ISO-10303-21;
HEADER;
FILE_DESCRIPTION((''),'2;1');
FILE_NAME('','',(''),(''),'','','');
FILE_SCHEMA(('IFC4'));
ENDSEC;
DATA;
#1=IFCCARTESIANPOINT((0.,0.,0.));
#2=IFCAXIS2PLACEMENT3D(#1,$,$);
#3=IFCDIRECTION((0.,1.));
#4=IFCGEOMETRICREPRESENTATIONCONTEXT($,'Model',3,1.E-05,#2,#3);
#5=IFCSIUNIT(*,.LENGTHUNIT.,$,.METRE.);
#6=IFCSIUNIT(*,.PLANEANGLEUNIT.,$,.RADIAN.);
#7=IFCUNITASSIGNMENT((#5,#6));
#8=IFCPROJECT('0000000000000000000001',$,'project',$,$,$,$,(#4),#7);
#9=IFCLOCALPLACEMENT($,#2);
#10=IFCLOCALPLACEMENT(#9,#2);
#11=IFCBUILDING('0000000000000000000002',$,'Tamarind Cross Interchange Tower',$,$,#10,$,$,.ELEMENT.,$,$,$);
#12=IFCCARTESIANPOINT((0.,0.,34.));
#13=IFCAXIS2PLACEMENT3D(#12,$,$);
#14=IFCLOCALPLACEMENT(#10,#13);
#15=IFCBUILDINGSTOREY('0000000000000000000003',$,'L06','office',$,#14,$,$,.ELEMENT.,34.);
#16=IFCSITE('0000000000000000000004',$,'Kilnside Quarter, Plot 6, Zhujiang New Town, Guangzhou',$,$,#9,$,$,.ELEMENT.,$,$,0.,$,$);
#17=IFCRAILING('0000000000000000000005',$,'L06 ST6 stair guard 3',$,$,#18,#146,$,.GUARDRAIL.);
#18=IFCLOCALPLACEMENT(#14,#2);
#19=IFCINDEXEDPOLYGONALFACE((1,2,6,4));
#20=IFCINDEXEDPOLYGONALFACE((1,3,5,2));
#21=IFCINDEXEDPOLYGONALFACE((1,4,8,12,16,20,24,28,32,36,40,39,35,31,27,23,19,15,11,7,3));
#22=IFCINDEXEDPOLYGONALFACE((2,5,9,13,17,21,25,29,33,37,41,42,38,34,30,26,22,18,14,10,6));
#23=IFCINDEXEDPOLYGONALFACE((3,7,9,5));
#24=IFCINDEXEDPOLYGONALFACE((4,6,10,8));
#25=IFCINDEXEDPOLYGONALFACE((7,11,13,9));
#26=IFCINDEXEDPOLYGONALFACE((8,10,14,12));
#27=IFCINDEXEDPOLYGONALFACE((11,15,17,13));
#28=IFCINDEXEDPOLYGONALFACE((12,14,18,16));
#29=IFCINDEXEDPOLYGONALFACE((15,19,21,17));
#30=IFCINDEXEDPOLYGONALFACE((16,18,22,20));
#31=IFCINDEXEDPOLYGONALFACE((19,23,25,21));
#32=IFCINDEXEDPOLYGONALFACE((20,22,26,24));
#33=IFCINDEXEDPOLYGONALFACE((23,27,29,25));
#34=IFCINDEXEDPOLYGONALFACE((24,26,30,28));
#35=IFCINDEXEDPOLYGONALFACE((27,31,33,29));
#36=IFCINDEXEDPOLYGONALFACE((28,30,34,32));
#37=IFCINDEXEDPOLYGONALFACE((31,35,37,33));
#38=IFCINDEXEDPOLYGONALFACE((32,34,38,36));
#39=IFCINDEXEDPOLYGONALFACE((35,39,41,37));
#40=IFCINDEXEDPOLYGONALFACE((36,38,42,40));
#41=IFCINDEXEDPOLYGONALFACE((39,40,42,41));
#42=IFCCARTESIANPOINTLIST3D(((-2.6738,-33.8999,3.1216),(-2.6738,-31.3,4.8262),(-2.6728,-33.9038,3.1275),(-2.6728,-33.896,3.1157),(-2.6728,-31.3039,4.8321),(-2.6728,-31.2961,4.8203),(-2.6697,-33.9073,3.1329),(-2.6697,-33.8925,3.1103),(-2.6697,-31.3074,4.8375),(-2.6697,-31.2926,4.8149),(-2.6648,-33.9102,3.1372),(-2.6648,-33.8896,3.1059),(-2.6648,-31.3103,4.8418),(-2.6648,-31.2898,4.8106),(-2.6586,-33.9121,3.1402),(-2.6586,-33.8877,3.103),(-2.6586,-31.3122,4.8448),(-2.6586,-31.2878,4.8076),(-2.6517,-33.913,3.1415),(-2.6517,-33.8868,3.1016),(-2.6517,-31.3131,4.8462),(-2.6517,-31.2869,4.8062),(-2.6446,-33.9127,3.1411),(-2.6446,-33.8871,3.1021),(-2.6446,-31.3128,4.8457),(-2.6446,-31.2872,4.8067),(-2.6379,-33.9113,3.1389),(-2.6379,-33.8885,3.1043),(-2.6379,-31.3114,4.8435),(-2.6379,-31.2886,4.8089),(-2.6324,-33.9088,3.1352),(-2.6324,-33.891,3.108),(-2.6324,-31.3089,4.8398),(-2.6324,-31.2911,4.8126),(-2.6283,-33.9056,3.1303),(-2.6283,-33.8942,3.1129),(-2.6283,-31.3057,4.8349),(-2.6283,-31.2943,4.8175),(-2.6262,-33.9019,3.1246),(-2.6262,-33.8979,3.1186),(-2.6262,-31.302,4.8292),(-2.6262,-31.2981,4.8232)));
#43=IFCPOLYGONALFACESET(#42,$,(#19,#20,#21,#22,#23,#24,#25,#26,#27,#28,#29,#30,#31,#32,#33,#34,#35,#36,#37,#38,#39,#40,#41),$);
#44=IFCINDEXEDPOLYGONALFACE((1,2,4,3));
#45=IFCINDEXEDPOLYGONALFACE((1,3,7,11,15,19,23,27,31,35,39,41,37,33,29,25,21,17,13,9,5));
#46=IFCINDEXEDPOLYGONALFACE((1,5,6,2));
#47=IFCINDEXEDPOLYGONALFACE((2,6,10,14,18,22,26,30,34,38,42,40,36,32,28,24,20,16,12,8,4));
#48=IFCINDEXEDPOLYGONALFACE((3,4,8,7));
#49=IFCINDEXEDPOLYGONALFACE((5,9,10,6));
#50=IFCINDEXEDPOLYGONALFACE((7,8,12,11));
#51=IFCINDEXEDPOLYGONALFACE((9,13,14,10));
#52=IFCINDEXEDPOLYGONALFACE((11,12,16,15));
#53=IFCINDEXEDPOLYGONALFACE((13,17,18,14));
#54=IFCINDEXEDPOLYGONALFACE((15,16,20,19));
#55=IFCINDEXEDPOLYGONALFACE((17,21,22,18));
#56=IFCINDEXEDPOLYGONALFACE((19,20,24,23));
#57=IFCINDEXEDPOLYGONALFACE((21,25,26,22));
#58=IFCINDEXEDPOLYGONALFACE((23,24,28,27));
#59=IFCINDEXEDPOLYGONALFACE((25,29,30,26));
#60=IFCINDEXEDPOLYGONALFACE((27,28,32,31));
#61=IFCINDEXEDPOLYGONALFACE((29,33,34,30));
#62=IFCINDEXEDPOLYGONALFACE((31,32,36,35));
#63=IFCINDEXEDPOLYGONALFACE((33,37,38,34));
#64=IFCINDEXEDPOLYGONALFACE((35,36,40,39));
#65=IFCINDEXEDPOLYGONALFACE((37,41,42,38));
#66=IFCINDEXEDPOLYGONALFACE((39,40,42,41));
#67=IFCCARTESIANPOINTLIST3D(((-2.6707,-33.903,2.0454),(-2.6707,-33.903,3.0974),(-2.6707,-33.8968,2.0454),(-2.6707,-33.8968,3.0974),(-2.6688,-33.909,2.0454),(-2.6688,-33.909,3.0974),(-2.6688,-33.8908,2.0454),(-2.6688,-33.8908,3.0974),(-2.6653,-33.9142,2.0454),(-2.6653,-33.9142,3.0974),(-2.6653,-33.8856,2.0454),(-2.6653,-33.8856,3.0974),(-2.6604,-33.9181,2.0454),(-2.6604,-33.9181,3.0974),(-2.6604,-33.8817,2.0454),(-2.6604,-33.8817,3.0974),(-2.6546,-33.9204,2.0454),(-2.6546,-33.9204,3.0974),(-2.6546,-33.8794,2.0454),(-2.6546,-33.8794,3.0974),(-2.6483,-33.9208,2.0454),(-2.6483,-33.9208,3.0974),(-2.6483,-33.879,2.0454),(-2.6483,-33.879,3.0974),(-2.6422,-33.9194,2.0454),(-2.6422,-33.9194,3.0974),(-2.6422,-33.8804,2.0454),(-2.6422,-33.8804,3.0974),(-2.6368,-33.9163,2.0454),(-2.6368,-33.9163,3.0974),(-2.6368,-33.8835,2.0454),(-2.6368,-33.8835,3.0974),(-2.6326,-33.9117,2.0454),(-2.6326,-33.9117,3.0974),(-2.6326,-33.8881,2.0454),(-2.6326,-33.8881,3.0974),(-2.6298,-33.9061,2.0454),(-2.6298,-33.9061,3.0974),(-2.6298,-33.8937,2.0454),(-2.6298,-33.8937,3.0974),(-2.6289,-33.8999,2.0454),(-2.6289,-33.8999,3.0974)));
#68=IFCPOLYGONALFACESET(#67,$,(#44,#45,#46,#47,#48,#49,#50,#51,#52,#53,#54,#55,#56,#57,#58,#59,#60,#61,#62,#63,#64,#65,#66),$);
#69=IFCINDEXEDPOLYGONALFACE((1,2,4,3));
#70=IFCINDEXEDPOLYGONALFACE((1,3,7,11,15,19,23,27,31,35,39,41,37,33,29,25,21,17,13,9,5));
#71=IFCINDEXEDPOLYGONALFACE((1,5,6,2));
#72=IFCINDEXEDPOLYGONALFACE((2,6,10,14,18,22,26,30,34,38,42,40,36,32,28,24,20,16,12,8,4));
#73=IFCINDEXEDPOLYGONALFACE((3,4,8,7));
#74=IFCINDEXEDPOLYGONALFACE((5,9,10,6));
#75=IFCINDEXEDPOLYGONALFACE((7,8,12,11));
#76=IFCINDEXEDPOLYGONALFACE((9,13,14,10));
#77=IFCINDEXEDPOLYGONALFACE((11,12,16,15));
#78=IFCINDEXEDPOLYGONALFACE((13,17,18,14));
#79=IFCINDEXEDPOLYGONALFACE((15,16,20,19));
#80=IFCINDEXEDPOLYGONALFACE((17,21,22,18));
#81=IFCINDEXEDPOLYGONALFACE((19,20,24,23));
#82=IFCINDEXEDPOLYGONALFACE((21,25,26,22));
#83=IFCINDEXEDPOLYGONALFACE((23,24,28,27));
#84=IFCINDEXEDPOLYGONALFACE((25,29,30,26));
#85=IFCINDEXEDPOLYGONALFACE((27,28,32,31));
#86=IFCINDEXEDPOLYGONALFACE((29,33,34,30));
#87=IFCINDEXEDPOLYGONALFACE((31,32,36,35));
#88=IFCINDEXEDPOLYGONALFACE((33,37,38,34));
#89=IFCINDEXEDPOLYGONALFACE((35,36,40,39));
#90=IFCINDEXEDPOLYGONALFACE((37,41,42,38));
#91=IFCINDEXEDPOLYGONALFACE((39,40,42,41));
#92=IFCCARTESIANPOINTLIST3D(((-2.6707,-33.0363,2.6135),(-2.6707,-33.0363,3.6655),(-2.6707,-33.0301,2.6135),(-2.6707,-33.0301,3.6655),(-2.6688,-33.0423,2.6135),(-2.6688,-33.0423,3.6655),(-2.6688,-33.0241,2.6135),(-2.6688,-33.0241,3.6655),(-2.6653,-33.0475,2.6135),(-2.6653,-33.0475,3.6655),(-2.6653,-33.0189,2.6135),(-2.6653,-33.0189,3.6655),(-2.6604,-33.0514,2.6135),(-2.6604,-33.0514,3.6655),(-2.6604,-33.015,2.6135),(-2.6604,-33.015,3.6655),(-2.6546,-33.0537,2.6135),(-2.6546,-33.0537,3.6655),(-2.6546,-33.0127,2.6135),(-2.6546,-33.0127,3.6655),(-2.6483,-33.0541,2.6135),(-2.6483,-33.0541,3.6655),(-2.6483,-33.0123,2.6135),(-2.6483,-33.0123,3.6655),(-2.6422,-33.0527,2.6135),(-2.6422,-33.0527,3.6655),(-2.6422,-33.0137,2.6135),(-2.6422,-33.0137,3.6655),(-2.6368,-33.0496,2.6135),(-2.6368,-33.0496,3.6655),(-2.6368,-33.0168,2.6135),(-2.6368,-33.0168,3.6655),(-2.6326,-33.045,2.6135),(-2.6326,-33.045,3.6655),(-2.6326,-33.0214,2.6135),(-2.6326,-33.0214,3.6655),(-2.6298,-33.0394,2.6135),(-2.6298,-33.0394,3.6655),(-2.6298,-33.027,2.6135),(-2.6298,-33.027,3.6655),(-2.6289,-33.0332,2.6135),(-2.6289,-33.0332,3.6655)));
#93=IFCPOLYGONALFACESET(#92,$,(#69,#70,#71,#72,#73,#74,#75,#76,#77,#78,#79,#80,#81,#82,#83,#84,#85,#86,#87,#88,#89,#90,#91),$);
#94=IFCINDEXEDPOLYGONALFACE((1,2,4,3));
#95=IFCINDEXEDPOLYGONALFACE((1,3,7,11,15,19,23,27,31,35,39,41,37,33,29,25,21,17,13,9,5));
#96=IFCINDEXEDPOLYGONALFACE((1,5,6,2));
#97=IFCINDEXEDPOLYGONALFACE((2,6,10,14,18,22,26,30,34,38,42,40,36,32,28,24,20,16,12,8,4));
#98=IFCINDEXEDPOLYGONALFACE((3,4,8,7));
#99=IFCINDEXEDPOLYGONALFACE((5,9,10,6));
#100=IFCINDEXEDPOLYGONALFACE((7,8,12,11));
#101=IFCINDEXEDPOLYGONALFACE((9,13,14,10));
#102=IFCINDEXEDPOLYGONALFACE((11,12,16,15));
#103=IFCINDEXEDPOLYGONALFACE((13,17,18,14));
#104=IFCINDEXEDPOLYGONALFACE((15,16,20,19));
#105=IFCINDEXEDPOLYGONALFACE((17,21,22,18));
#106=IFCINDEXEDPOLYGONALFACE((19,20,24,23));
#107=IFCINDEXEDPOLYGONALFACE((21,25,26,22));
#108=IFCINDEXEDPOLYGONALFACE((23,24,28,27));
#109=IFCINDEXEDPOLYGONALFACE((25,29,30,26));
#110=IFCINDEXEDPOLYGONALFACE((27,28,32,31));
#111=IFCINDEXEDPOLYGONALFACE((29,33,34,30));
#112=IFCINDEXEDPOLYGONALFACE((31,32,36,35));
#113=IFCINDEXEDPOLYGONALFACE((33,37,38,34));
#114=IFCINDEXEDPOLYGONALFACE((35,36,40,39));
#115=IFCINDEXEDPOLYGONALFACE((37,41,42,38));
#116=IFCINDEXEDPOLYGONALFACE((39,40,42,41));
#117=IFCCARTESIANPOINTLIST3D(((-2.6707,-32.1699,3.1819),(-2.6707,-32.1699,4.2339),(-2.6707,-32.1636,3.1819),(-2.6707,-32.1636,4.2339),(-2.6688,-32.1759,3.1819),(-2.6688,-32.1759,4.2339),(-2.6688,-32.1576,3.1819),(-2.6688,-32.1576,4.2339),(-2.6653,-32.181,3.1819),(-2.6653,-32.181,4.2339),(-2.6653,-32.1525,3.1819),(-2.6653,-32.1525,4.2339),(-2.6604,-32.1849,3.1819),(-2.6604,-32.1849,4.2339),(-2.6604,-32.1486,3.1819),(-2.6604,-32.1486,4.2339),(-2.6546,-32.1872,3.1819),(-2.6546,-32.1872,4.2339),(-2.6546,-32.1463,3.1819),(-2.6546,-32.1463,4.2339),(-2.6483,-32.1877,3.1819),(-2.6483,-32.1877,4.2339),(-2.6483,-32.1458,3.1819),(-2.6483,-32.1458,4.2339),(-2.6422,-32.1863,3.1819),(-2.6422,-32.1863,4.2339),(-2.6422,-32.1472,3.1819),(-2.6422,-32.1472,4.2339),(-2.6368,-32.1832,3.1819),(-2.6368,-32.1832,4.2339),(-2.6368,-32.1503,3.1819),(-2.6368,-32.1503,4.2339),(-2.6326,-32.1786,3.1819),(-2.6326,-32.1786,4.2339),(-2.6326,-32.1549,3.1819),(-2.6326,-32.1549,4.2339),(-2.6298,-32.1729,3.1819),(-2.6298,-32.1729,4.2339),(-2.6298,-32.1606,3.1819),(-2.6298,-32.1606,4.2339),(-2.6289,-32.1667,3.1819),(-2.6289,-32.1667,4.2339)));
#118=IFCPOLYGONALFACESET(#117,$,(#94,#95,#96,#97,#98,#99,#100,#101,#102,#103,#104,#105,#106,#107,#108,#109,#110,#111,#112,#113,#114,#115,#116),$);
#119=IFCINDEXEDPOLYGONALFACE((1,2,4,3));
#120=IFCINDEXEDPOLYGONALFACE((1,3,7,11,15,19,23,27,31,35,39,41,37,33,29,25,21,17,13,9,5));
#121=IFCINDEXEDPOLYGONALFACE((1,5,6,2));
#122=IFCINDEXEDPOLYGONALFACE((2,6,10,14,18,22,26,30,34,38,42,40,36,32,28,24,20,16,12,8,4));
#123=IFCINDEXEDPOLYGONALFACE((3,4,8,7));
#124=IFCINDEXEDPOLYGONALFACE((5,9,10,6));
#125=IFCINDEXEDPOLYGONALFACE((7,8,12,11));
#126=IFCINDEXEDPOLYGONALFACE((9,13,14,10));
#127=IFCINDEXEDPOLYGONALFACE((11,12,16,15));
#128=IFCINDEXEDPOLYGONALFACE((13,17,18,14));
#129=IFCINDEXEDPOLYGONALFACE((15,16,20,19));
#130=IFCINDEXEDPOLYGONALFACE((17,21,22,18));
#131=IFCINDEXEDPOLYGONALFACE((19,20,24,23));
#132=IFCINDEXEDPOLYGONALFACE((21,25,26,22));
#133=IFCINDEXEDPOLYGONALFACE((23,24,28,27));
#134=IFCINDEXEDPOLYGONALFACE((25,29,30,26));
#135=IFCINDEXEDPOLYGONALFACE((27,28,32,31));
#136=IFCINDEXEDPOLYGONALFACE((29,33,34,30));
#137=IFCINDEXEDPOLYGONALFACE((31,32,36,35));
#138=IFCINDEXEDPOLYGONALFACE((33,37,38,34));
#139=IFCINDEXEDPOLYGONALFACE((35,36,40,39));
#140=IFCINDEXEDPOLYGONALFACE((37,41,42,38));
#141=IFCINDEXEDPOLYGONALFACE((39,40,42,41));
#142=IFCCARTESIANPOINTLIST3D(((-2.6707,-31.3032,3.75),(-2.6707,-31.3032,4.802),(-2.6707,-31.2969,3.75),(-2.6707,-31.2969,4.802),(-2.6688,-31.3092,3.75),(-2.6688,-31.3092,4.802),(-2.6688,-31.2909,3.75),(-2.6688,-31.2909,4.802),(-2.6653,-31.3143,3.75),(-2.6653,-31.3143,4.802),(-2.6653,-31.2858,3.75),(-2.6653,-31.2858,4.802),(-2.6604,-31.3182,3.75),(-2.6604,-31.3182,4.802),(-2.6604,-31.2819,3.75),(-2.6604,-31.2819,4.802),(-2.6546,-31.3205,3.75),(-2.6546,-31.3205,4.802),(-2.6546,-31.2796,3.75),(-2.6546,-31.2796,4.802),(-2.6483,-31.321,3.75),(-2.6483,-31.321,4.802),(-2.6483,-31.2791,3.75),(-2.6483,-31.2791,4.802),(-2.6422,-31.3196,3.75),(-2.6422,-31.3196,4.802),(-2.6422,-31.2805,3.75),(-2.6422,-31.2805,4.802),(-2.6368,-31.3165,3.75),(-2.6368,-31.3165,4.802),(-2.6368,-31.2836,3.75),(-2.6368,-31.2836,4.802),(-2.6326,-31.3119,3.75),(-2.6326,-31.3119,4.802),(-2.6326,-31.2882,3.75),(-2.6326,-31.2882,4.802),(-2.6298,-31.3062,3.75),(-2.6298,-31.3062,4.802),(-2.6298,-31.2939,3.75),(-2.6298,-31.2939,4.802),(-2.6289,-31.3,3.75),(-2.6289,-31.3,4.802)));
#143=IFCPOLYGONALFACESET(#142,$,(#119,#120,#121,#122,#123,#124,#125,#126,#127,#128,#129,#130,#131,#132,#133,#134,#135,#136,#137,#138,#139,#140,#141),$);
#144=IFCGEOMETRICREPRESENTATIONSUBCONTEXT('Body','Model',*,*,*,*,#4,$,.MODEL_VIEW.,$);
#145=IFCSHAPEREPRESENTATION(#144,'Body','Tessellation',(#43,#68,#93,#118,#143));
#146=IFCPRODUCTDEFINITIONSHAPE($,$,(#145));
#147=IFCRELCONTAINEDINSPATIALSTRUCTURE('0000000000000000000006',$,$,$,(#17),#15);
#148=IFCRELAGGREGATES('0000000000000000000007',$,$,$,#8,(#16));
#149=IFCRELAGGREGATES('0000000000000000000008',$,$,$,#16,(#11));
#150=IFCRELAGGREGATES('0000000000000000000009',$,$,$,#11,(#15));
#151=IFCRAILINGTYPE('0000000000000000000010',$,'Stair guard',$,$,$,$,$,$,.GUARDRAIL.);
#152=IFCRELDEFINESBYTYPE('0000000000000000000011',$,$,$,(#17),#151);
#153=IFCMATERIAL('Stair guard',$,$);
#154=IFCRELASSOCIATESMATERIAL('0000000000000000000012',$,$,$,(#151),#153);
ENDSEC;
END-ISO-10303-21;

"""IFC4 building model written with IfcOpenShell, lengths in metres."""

from ifc_helpers import new_model, si_unit, direction, frame, origin, origin_2d, place, context, subcontext, project, spatial, circle, extrude, material, type_object, element, save


model = new_model("IFC4")

# Units and contexts
model_context = context("Model", 3, precision=1e-05, world=origin(), true_north=direction((0.0, 1.0)))
body_context = subcontext(model_context, "Body", "Model", "MODEL_VIEW")
ifc_project = project(units=[si_unit("LENGTHUNIT", "METRE"), si_unit("PLANEANGLEUNIT", "RADIAN")], contexts=[model_context])

# Site, building, storey
site_placement = place(None, origin())
site = spatial("IfcSite", under=ifc_project, at=site_placement, Name="Kilnside Quarter, Plot 6, Zhujiang New Town, Guangzhou", CompositionType="ELEMENT", RefElevation=0.0)
building_placement = place(site_placement, origin())
building = spatial("IfcBuilding", under=site, at=building_placement, Name="Tamarind Cross Interchange Tower", CompositionType="ELEMENT")
storey_placement = place(building_placement, frame((0.0, 0.0, 34.0)))
storey = spatial("IfcBuildingStorey", under=building, at=storey_placement, Name="L06", Description="office", CompositionType="ELEMENT", Elevation=34.0)

# Railing
ifc_material_1 = material(Name="Stair guard")
railing_type_1 = type_object("IfcRailingType", Name="Stair guard", PredefinedType="GUARDRAIL", material=ifc_material_1)
railing_1_placement = place(storey_placement, frame((-2.6499, -33.8999, 2.0454)))
element("IfcRailing", 1, at=railing_1_placement, inside=storey, type_object=railing_type_1, Name="L06 ST6 stair guard 3", PredefinedType="GUARDRAIL", context=body_context, shape_type="SweptSolid", body=[
    extrude(circle(Radius=0.0239, at=origin_2d()), frame((0.0, 0.0, 1.0762), z_axis=(0.0, 0.836279, 0.548305), x_axis=(-1.0, 0.0, 0.0)), (0.0, 0.0, 1.0), 3.1089),
    extrude(circle(Radius=0.021, at=origin_2d()), origin(), (0.0, 0.0, 1.0), 1.052),
    extrude(circle(Radius=0.021, at=origin_2d()), frame((0.0, 0.8667, 0.5681)), (0.0, 0.0, 1.0), 1.052),
    extrude(circle(Radius=0.021, at=origin_2d()), frame((0.0, 1.7332, 1.1365)), (0.0, 0.0, 1.0), 1.052),
    extrude(circle(Radius=0.021, at=origin_2d()), frame((0.0, 2.5999, 1.7046)), (0.0, 0.0, 1.0), 1.052),
])

save(model, "model.ifc")
